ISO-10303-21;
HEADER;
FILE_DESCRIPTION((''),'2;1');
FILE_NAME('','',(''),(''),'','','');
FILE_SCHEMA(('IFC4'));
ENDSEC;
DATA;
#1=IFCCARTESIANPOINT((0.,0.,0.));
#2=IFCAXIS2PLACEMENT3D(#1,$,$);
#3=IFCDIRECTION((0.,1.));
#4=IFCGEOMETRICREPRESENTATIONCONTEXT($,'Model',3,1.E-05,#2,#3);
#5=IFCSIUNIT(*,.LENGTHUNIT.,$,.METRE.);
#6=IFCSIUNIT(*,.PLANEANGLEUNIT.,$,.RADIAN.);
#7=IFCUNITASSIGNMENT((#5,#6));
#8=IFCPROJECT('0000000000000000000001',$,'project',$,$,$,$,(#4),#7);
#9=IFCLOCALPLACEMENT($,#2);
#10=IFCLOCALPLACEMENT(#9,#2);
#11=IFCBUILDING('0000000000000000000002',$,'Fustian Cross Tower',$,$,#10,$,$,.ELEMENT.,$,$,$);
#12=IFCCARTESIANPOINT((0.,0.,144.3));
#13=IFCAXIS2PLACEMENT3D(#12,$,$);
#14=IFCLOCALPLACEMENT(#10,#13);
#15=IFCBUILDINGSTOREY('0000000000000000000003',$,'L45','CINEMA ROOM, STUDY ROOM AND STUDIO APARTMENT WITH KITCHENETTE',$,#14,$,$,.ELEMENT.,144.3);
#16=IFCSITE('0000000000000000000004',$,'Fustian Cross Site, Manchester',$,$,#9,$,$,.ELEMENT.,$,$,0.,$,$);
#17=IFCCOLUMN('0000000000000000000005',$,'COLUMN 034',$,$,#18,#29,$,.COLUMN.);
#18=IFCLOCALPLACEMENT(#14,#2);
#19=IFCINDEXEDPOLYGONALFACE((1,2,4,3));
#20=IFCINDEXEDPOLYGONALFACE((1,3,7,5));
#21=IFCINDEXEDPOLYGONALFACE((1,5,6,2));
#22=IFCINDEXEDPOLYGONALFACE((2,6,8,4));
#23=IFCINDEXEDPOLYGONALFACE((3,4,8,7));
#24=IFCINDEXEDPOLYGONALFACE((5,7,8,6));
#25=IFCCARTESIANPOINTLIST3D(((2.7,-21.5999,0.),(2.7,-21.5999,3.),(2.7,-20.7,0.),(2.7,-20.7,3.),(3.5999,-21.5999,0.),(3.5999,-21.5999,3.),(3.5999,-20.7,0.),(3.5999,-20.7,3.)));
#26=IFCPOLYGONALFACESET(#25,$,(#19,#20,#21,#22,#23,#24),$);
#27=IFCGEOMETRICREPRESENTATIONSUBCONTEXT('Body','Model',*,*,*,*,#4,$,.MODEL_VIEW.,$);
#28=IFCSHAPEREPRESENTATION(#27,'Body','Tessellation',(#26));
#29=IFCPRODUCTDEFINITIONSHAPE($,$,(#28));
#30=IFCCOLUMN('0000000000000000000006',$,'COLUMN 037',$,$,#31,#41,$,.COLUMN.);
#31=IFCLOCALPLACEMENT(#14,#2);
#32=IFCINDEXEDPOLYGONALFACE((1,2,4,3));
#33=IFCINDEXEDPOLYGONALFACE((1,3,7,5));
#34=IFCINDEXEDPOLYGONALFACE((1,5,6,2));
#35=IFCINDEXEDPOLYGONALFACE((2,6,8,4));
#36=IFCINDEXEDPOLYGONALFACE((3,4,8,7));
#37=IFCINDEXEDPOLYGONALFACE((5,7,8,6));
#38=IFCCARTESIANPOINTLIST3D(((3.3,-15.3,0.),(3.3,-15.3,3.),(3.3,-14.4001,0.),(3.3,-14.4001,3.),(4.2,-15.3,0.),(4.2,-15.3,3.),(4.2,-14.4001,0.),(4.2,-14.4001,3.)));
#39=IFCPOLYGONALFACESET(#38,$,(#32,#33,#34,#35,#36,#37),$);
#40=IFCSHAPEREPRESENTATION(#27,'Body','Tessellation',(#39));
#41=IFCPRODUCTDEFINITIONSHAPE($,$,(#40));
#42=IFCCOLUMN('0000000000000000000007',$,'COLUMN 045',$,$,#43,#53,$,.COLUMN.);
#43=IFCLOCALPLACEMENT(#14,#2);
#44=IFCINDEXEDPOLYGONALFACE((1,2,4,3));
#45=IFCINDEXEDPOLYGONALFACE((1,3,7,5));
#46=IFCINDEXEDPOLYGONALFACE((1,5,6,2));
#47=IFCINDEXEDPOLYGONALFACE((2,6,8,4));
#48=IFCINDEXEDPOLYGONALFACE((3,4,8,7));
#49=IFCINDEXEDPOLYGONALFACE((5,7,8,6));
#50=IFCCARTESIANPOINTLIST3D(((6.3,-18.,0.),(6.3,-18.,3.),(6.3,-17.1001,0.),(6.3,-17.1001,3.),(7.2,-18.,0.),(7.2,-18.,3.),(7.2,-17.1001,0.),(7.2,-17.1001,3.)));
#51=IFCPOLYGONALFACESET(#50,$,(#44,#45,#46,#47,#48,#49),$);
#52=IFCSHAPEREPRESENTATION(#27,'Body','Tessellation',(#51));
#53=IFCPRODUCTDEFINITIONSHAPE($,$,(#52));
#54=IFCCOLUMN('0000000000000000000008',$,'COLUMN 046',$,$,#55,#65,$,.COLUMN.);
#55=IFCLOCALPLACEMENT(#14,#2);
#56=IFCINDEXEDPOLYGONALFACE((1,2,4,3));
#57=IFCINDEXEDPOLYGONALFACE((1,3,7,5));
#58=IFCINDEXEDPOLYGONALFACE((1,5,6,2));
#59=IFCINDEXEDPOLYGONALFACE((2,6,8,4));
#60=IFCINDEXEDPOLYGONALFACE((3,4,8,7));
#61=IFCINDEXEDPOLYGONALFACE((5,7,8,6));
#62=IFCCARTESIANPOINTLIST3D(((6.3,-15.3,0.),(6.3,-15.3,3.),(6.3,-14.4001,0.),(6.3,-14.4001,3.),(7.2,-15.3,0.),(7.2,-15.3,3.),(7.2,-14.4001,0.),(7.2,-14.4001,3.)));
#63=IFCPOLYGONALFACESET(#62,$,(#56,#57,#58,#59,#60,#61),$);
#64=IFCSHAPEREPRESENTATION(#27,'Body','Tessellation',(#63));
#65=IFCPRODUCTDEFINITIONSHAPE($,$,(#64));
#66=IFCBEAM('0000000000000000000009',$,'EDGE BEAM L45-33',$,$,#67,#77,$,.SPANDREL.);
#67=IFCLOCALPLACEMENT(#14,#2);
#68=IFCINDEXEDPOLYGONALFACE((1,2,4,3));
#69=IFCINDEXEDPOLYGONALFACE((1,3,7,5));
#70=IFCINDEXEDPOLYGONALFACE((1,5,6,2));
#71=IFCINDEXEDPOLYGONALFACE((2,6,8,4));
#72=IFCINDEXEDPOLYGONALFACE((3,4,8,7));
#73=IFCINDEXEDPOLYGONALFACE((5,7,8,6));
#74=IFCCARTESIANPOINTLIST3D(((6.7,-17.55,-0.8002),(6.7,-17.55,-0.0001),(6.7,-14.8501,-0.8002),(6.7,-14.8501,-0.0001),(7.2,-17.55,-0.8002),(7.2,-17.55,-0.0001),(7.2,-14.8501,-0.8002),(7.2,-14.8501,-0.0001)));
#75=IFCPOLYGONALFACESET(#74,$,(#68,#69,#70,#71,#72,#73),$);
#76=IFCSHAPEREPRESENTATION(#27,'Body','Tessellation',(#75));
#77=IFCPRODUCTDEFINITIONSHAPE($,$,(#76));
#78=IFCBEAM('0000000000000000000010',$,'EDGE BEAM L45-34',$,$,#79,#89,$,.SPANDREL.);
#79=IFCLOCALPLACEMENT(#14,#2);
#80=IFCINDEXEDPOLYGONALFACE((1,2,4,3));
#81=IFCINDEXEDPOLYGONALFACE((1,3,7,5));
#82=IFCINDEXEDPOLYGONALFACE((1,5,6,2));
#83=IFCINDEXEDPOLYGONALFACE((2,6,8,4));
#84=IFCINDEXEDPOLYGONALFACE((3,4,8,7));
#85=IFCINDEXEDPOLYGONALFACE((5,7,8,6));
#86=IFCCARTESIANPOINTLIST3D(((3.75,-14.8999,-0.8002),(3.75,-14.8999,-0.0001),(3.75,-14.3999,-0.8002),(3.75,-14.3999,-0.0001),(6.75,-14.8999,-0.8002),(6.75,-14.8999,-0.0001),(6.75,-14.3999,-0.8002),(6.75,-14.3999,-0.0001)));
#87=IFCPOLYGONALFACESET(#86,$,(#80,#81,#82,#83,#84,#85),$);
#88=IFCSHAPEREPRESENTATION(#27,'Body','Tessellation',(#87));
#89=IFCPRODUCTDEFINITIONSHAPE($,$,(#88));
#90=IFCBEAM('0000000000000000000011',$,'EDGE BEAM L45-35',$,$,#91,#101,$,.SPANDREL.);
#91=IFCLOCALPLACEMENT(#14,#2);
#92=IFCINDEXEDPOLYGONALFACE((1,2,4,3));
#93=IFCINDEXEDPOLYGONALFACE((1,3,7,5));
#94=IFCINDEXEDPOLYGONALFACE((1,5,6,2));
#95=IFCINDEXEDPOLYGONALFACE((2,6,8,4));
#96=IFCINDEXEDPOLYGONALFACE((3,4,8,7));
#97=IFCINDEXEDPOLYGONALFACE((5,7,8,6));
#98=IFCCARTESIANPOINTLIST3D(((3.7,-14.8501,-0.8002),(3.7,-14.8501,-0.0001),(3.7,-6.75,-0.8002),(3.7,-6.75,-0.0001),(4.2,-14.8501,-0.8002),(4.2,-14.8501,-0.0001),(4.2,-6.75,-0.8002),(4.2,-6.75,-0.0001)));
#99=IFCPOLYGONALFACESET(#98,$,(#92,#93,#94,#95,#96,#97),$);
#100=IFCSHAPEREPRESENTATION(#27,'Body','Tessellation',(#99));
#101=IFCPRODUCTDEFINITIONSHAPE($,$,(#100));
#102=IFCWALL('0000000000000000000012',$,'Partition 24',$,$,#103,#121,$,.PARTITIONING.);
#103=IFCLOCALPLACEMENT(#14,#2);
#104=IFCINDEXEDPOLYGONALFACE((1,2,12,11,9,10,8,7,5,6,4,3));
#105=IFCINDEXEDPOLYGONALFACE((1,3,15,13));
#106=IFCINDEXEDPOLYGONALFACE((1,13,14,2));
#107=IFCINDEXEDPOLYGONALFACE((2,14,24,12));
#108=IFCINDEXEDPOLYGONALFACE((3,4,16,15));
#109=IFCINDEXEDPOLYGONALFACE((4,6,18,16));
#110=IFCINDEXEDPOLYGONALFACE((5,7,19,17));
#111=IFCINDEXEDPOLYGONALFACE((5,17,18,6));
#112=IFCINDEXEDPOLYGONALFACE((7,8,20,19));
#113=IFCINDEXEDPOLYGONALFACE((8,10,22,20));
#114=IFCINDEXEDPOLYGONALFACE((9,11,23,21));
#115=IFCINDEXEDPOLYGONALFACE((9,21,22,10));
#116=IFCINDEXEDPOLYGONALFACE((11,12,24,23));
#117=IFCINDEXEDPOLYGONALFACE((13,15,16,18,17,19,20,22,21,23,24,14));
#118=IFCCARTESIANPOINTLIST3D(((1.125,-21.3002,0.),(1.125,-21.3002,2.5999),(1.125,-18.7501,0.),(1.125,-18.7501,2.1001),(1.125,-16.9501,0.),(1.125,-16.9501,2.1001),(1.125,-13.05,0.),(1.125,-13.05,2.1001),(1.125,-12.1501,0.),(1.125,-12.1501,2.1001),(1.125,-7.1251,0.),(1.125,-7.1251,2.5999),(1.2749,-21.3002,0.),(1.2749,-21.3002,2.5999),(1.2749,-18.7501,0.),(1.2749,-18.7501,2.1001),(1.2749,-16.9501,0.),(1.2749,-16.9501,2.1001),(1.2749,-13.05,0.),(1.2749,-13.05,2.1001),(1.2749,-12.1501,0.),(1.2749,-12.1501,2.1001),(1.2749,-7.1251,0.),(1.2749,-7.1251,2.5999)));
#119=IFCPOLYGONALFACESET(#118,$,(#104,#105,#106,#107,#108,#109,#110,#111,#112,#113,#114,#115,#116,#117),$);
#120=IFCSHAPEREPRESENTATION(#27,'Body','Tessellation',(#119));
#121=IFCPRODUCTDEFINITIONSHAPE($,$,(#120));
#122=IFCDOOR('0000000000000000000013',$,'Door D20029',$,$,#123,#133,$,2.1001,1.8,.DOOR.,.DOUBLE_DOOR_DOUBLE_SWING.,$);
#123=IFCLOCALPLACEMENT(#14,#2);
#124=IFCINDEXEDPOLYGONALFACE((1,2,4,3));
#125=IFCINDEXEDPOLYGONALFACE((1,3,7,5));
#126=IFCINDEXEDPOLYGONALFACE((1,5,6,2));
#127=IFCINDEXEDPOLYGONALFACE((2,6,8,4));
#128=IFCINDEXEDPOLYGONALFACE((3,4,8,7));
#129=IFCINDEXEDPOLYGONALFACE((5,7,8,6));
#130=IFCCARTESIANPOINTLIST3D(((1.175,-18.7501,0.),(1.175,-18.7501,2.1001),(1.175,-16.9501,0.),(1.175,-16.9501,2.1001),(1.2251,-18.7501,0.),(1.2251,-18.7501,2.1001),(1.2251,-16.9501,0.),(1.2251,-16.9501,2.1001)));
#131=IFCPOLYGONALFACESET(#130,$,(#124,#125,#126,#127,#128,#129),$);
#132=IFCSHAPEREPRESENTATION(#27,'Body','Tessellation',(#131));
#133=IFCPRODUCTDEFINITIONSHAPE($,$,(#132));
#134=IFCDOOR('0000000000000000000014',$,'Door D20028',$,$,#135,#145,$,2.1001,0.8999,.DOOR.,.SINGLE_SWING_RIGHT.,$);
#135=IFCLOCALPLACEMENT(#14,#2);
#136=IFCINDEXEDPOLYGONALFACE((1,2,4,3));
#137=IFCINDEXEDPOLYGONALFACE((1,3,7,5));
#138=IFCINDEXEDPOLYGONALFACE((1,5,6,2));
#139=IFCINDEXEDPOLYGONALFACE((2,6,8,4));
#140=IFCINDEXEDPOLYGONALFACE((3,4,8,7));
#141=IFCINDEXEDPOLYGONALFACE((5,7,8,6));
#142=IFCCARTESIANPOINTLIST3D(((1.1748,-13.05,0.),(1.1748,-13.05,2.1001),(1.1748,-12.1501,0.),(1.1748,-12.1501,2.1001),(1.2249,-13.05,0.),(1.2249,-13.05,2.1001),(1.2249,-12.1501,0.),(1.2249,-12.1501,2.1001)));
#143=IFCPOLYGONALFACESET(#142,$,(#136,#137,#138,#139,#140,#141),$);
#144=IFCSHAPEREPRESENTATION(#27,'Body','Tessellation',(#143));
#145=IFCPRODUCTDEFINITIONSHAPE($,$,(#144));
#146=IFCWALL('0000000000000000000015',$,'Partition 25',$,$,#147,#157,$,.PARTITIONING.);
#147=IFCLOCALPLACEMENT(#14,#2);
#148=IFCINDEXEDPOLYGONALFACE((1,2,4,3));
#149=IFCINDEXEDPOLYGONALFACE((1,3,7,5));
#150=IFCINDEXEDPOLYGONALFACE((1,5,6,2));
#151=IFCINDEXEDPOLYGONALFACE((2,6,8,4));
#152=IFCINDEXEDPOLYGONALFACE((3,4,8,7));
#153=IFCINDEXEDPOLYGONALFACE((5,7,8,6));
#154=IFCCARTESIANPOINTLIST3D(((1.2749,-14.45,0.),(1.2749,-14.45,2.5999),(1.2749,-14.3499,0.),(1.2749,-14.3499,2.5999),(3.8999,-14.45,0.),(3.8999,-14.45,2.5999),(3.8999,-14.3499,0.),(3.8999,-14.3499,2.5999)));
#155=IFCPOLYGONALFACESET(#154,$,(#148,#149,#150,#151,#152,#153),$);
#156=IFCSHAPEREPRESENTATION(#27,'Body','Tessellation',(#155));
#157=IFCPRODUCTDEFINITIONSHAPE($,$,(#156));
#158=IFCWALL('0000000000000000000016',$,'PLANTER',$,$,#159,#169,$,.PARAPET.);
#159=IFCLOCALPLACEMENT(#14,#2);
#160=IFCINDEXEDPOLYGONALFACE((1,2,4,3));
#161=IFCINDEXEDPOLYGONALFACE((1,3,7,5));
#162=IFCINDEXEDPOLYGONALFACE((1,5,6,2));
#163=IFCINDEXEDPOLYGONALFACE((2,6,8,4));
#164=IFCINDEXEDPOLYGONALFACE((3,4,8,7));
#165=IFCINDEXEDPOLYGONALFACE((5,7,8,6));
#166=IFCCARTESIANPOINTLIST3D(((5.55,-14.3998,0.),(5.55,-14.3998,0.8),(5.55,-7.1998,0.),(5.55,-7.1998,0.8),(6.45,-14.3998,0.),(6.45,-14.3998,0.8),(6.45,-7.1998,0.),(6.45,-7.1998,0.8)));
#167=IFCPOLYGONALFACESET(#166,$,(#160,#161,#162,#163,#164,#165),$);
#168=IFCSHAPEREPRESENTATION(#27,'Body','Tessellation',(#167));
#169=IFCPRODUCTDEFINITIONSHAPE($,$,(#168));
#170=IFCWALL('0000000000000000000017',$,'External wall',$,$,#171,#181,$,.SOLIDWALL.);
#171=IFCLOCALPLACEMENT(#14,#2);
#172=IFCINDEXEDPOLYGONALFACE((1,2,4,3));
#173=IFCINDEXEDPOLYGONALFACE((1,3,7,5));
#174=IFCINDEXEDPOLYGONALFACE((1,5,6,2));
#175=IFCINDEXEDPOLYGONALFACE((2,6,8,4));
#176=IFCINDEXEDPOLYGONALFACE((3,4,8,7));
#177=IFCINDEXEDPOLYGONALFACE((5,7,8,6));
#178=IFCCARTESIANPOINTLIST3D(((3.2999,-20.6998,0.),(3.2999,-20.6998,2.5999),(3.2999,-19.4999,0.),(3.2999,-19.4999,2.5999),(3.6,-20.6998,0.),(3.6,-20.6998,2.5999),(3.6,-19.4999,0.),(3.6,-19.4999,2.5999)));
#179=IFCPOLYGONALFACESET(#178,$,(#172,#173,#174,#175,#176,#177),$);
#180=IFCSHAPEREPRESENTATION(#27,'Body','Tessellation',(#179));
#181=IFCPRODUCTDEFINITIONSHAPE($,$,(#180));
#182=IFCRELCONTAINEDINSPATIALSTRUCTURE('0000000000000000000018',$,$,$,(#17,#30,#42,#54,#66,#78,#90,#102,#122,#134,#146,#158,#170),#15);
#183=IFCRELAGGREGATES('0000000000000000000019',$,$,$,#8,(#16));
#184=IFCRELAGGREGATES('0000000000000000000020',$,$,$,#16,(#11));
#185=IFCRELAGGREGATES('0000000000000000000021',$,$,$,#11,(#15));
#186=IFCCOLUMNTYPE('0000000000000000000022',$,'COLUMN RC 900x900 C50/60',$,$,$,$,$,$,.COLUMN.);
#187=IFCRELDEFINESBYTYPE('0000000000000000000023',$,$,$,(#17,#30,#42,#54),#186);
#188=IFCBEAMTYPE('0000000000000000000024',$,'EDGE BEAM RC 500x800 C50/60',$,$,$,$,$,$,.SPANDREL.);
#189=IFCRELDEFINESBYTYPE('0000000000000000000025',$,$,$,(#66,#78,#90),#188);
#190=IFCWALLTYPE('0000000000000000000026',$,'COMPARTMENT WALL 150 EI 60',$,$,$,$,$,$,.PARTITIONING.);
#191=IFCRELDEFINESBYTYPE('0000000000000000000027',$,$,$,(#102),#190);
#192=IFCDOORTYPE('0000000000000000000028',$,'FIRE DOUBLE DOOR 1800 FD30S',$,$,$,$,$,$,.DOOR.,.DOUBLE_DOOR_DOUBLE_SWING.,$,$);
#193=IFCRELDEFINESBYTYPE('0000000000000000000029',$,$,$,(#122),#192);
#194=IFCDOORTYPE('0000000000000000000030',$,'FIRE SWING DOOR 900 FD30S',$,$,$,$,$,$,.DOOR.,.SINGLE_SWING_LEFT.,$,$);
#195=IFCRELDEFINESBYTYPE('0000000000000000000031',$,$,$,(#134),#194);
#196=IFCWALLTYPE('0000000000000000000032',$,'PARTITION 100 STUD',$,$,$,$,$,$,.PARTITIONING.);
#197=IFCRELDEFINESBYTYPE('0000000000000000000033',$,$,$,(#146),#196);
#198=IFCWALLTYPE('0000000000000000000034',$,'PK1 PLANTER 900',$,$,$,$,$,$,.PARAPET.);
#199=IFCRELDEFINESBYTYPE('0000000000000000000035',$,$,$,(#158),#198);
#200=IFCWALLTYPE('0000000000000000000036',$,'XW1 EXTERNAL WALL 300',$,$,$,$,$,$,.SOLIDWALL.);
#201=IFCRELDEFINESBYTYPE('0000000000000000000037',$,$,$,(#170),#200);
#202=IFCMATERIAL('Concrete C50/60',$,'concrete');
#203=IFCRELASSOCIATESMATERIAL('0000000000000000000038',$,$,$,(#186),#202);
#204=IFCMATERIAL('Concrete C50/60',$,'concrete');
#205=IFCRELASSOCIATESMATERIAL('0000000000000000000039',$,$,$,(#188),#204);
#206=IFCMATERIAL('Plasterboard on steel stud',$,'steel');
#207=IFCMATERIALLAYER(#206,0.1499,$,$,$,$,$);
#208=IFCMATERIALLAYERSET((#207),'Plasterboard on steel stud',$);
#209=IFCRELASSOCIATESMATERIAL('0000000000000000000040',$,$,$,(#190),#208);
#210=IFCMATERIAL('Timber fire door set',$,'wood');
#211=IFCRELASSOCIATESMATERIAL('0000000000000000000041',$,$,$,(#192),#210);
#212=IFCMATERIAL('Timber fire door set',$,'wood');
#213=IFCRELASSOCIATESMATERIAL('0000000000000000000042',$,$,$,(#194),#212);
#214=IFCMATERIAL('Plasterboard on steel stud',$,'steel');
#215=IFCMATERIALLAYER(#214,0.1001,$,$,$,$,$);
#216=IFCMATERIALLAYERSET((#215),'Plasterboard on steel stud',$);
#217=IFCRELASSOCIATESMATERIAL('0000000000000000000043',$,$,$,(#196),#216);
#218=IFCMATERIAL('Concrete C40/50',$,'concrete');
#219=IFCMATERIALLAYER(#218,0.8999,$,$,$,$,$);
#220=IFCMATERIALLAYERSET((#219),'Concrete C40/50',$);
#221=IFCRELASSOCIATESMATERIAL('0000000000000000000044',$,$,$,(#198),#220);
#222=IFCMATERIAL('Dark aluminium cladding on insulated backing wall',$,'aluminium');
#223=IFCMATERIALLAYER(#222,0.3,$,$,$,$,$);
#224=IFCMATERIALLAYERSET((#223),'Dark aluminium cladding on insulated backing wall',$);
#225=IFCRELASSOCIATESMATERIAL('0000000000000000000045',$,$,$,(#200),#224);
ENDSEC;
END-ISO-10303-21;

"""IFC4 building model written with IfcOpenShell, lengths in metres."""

from ifc_helpers import new_model, si_unit, direction, frame, frame_2d, origin, origin_2d, place, context, subcontext, project, spatial, rectangle, extrude, material, layer, layer_set, material_profile, profile_set, type_object, element, fill, save


model = new_model("IFC4")

# Units and contexts
model_context = context("Model", 3, precision=1e-05, world=origin(), true_north=direction((0.0, 1.0)))
body_context = subcontext(model_context, "Body", "Model", "MODEL_VIEW")
ifc_project = project(units=[si_unit("LENGTHUNIT", "METRE"), si_unit("PLANEANGLEUNIT", "RADIAN")], contexts=[model_context])

# Site, building, storey
site_placement = place(None, origin())
site = spatial("IfcSite", under=ifc_project, at=site_placement, Name="Fustian Cross Site, Manchester", CompositionType="ELEMENT", RefElevation=0.0)
building_placement = place(site_placement, origin())
building = spatial("IfcBuilding", under=site, at=building_placement, Name="Fustian Cross Tower", CompositionType="ELEMENT")
storey_placement = place(building_placement, frame((0.0, 0.0, 144.3)))
storey = spatial("IfcBuildingStorey", under=building, at=storey_placement, Name="L45", Description="CINEMA ROOM, STUDY ROOM AND STUDIO APARTMENT WITH KITCHENETTE", CompositionType="ELEMENT", Elevation=144.3)

# Columns
ifc_material_1 = material(Name="Concrete C50/60", Category="concrete")
ifc_material_profile_1 = material_profile(ifc_material_1, rectangle(XDim=0.8999, YDim=0.8999, at=origin_2d()), Name="RC 900x900")
ifc_profile_set_1 = profile_set([ifc_material_profile_1], Name="Concrete C50/60")
column_type = type_object("IfcColumnType", Name="COLUMN RC 900x900 C50/60", PredefinedType="COLUMN", material=ifc_profile_set_1)
for number, where, z_axis, x_axis, name in (
    (1, (3.1499, -21.1499, 0.0), (0.0, 0.0, 1.0), (1.0, 0.0, 0.0), "COLUMN 034"),
    (2, (3.75, -14.8501, 0.0), (0.0, 0.0, 1.0), (1.0, 0.0, 0.0), "COLUMN 037"),
    (3, (6.75, -17.55, 0.0), (0.0, 0.0, 1.0), (1.0, 0.0, 0.0), "COLUMN 045"),
    (4, (6.75, -14.8501, 0.0), (0.0, 0.0, 1.0), (1.0, 0.0, 0.0), "COLUMN 046"),
):
    element("IfcColumn", number, at=place(storey_placement, frame(where, z_axis=z_axis, x_axis=x_axis)), inside=storey, type_object=column_type, Name=name, PredefinedType="COLUMN", context=body_context, shape_type="SweptSolid", body=[
        extrude(rectangle(XDim=0.8999, YDim=0.8999, at=origin_2d()), origin(), (0.0, 0.0, 1.0), 3.0),
    ])

# Beams
ifc_material_2 = material(Name="Concrete C50/60", Category="concrete")
ifc_material_profile_2 = material_profile(ifc_material_2, rectangle(XDim=0.5, YDim=0.8, at=origin_2d()), Name="RC 500x800")
ifc_profile_set_2 = profile_set([ifc_material_profile_2], Name="Concrete C50/60")
beam_type = type_object("IfcBeamType", Name="EDGE BEAM RC 500x800 C50/60", PredefinedType="SPANDREL", material=ifc_profile_set_2)
beam_1_placement = place(storey_placement, frame((6.95, -17.55, -0.4001), z_axis=(0.0, 1.0, 0.0), x_axis=(-1.0, 0.0, 0.0)))
element("IfcBeam", 5, at=beam_1_placement, inside=storey, type_object=beam_type, Name="EDGE BEAM L45-33", PredefinedType="SPANDREL", context=body_context, shape_type="SweptSolid", body=[
    extrude(rectangle(XDim=0.5, YDim=0.8, at=origin_2d()), origin(), (0.0, 0.0, 1.0), 2.7),
])
beam_2_placement = place(storey_placement, frame((6.75, -14.6499, -0.4001), z_axis=(-1.0, 0.0, 0.0), x_axis=(0.0, -1.0, 0.0)))
element("IfcBeam", 6, at=beam_2_placement, inside=storey, type_object=beam_type, Name="EDGE BEAM L45-34", PredefinedType="SPANDREL", context=body_context, shape_type="SweptSolid", body=[
    extrude(rectangle(XDim=0.5, YDim=0.8, at=origin_2d()), origin(), (0.0, 0.0, 1.0), 3.0),
])
beam_3_placement = place(storey_placement, frame((3.95, -14.8501, -0.4001), z_axis=(0.0, 1.0, 0.0), x_axis=(-1.0, 0.0, 0.0)))
element("IfcBeam", 7, at=beam_3_placement, inside=storey, type_object=beam_type, Name="EDGE BEAM L45-35", PredefinedType="SPANDREL", context=body_context, shape_type="SweptSolid", body=[
    extrude(rectangle(XDim=0.5, YDim=0.8, at=origin_2d()), origin(), (0.0, 0.0, 1.0), 8.1001),
])

# Wall, openings, doors
ifc_material_3 = material(Name="Plasterboard on steel stud", Category="steel")
ifc_layer_1 = layer(ifc_material_3, 0.1499)
ifc_layer_set_1 = layer_set([ifc_layer_1], Name="Plasterboard on steel stud")
wall_type_1 = type_object("IfcWallType", Name="COMPARTMENT WALL 150 EI 60", PredefinedType="PARTITIONING", material=ifc_layer_set_1)
wall_1_placement = place(storey_placement, frame((1.2, -21.3, 0.0), z_axis=(0.0, 0.0, 1.0), x_axis=(0.0, 1.0, 0.0)))
wall_1 = element("IfcWall", 8, at=wall_1_placement, inside=storey, type_object=wall_type_1, Name="Partition 24", PredefinedType="PARTITIONING", context=body_context, shape_type="SweptSolid", body=[
    extrude(rectangle(XDim=14.175, YDim=0.1499, at=frame_2d((7.0874, 0.0))), origin(), (0.0, 0.0, 1.0), 2.5999),
])
opening_1_placement = place(wall_1_placement, frame((8.25, 0.0, 0.0)))
opening_1 = element("IfcOpeningElement", 9, at=opening_1_placement, cuts=wall_1, PredefinedType="OPENING", context=body_context, shape_type="SweptSolid", body=[
    extrude(rectangle(XDim=0.8999, YDim=2.1001, at=frame_2d((0.45, 1.05))), frame((0.0, 0.085, 0.0), z_axis=(0.0, -1.0, 0.0), x_axis=(1.0, 0.0, 0.0)), (0.0, 0.0, 1.0), 0.1699),
])
opening_2_placement = place(wall_1_placement, frame((2.55, 0.0, 0.0)))
opening_2 = element("IfcOpeningElement", 10, at=opening_2_placement, cuts=wall_1, PredefinedType="OPENING", context=body_context, shape_type="SweptSolid", body=[
    extrude(rectangle(XDim=1.8, YDim=2.1001, at=frame_2d((0.8999, 1.05))), frame((0.0, 0.085, 0.0), z_axis=(0.0, -1.0, 0.0), x_axis=(1.0, 0.0, 0.0)), (0.0, 0.0, 1.0), 0.1699),
])
ifc_material_4 = material(Name="Timber fire door set", Category="wood")
door_type_1 = type_object("IfcDoorType", Name="FIRE DOUBLE DOOR 1800 FD30S", OperationType="DOUBLE_DOOR_DOUBLE_SWING", PredefinedType="DOOR", material=ifc_material_4)
door_1_placement = place(opening_2_placement, origin())
door_1 = element("IfcDoor", 11, at=door_1_placement, inside=storey, type_object=door_type_1, Name="Door D20029", OperationType="DOUBLE_DOOR_DOUBLE_SWING", OverallHeight=2.1001, OverallWidth=1.8, PredefinedType="DOOR", context=body_context, shape_type="SweptSolid", body=[
    extrude(rectangle(XDim=1.8, YDim=2.1001, at=frame_2d((0.8999, 1.05))), frame((0.0, 0.0249, 0.0), z_axis=(0.0, -1.0, 0.0), x_axis=(1.0, 0.0, 0.0)), (0.0, 0.0, 1.0), 0.05),
])
fill(opening_2, door_1)
ifc_material_5 = material(Name="Timber fire door set", Category="wood")
door_type_2 = type_object("IfcDoorType", Name="FIRE SWING DOOR 900 FD30S", OperationType="SINGLE_SWING_LEFT", PredefinedType="DOOR", material=ifc_material_5)
door_2_placement = place(opening_1_placement, frame((0.8999, 0.0, 0.0), z_axis=(0.0, 0.0, 1.0), x_axis=(-1.0, 0.0, 0.0)))
door_2 = element("IfcDoor", 12, at=door_2_placement, inside=storey, type_object=door_type_2, Name="Door D20028", OperationType="SINGLE_SWING_RIGHT", OverallHeight=2.1001, OverallWidth=0.8999, PredefinedType="DOOR", context=body_context, shape_type="SweptSolid", body=[
    extrude(rectangle(XDim=0.8999, YDim=2.1001, at=frame_2d((0.45, 1.05))), frame((0.0, 0.0249, 0.0), z_axis=(0.0, -1.0, 0.0), x_axis=(1.0, 0.0, 0.0)), (0.0, 0.0, 1.0), 0.05),
])
fill(opening_1, door_2)

# Walls
ifc_material_6 = material(Name="Plasterboard on steel stud", Category="steel")
ifc_layer_2 = layer(ifc_material_6, 0.1001)
ifc_layer_set_2 = layer_set([ifc_layer_2], Name="Plasterboard on steel stud")
wall_type_2 = type_object("IfcWallType", Name="PARTITION 100 STUD", PredefinedType="PARTITIONING", material=ifc_layer_set_2)
wall_2_placement = place(storey_placement, frame((1.2749, -14.3999, 0.0), z_axis=(0.0, 0.0, 1.0), x_axis=(1.0, 0.0, 0.0)))
element("IfcWall", 13, at=wall_2_placement, inside=storey, type_object=wall_type_2, Name="Partition 25", PredefinedType="PARTITIONING", context=body_context, shape_type="SweptSolid", body=[
    extrude(rectangle(XDim=2.625, YDim=0.1001, at=frame_2d((1.3125, 0.0))), origin(), (0.0, 0.0, 1.0), 2.5999),
])
ifc_material_7 = material(Name="Concrete C40/50", Category="concrete")
ifc_layer_3 = layer(ifc_material_7, 0.8999)
ifc_layer_set_3 = layer_set([ifc_layer_3], Name="Concrete C40/50")
wall_type_3 = type_object("IfcWallType", Name="PK1 PLANTER 900", PredefinedType="PARAPET", material=ifc_layer_set_3)
wall_3_placement = place(storey_placement, frame((6.0, -14.3999, 0.0), z_axis=(0.0, 0.0, 1.0), x_axis=(0.0, 1.0, 0.0)))
element("IfcWall", 14, at=wall_3_placement, inside=storey, type_object=wall_type_3, Name="PLANTER", PredefinedType="PARAPET", context=body_context, shape_type="SweptSolid", body=[
    extrude(rectangle(XDim=7.2, YDim=0.8999, at=frame_2d((3.6001, 0.0))), origin(), (0.0, 0.0, 1.0), 0.8),
])
ifc_material_8 = material(Name="Dark aluminium cladding on insulated backing wall", Category="aluminium")
ifc_layer_4 = layer(ifc_material_8, 0.3)
ifc_layer_set_4 = layer_set([ifc_layer_4], Name="Dark aluminium cladding on insulated backing wall")
wall_type_4 = type_object("IfcWallType", Name="XW1 EXTERNAL WALL 300", PredefinedType="SOLIDWALL", material=ifc_layer_set_4)
wall_4_placement = place(storey_placement, frame((3.45, -20.7, 0.0), z_axis=(0.0, 0.0, 1.0), x_axis=(0.0, 1.0, 0.0)))
element("IfcWall", 15, at=wall_4_placement, inside=storey, type_object=wall_type_4, Name="External wall", PredefinedType="SOLIDWALL", context=body_context, shape_type="SweptSolid", body=[
    extrude(rectangle(XDim=1.2, YDim=0.3, at=frame_2d((0.6001, 0.0))), origin(), (0.0, 0.0, 1.0), 2.5999),
])

save(model, "model.ifc")
